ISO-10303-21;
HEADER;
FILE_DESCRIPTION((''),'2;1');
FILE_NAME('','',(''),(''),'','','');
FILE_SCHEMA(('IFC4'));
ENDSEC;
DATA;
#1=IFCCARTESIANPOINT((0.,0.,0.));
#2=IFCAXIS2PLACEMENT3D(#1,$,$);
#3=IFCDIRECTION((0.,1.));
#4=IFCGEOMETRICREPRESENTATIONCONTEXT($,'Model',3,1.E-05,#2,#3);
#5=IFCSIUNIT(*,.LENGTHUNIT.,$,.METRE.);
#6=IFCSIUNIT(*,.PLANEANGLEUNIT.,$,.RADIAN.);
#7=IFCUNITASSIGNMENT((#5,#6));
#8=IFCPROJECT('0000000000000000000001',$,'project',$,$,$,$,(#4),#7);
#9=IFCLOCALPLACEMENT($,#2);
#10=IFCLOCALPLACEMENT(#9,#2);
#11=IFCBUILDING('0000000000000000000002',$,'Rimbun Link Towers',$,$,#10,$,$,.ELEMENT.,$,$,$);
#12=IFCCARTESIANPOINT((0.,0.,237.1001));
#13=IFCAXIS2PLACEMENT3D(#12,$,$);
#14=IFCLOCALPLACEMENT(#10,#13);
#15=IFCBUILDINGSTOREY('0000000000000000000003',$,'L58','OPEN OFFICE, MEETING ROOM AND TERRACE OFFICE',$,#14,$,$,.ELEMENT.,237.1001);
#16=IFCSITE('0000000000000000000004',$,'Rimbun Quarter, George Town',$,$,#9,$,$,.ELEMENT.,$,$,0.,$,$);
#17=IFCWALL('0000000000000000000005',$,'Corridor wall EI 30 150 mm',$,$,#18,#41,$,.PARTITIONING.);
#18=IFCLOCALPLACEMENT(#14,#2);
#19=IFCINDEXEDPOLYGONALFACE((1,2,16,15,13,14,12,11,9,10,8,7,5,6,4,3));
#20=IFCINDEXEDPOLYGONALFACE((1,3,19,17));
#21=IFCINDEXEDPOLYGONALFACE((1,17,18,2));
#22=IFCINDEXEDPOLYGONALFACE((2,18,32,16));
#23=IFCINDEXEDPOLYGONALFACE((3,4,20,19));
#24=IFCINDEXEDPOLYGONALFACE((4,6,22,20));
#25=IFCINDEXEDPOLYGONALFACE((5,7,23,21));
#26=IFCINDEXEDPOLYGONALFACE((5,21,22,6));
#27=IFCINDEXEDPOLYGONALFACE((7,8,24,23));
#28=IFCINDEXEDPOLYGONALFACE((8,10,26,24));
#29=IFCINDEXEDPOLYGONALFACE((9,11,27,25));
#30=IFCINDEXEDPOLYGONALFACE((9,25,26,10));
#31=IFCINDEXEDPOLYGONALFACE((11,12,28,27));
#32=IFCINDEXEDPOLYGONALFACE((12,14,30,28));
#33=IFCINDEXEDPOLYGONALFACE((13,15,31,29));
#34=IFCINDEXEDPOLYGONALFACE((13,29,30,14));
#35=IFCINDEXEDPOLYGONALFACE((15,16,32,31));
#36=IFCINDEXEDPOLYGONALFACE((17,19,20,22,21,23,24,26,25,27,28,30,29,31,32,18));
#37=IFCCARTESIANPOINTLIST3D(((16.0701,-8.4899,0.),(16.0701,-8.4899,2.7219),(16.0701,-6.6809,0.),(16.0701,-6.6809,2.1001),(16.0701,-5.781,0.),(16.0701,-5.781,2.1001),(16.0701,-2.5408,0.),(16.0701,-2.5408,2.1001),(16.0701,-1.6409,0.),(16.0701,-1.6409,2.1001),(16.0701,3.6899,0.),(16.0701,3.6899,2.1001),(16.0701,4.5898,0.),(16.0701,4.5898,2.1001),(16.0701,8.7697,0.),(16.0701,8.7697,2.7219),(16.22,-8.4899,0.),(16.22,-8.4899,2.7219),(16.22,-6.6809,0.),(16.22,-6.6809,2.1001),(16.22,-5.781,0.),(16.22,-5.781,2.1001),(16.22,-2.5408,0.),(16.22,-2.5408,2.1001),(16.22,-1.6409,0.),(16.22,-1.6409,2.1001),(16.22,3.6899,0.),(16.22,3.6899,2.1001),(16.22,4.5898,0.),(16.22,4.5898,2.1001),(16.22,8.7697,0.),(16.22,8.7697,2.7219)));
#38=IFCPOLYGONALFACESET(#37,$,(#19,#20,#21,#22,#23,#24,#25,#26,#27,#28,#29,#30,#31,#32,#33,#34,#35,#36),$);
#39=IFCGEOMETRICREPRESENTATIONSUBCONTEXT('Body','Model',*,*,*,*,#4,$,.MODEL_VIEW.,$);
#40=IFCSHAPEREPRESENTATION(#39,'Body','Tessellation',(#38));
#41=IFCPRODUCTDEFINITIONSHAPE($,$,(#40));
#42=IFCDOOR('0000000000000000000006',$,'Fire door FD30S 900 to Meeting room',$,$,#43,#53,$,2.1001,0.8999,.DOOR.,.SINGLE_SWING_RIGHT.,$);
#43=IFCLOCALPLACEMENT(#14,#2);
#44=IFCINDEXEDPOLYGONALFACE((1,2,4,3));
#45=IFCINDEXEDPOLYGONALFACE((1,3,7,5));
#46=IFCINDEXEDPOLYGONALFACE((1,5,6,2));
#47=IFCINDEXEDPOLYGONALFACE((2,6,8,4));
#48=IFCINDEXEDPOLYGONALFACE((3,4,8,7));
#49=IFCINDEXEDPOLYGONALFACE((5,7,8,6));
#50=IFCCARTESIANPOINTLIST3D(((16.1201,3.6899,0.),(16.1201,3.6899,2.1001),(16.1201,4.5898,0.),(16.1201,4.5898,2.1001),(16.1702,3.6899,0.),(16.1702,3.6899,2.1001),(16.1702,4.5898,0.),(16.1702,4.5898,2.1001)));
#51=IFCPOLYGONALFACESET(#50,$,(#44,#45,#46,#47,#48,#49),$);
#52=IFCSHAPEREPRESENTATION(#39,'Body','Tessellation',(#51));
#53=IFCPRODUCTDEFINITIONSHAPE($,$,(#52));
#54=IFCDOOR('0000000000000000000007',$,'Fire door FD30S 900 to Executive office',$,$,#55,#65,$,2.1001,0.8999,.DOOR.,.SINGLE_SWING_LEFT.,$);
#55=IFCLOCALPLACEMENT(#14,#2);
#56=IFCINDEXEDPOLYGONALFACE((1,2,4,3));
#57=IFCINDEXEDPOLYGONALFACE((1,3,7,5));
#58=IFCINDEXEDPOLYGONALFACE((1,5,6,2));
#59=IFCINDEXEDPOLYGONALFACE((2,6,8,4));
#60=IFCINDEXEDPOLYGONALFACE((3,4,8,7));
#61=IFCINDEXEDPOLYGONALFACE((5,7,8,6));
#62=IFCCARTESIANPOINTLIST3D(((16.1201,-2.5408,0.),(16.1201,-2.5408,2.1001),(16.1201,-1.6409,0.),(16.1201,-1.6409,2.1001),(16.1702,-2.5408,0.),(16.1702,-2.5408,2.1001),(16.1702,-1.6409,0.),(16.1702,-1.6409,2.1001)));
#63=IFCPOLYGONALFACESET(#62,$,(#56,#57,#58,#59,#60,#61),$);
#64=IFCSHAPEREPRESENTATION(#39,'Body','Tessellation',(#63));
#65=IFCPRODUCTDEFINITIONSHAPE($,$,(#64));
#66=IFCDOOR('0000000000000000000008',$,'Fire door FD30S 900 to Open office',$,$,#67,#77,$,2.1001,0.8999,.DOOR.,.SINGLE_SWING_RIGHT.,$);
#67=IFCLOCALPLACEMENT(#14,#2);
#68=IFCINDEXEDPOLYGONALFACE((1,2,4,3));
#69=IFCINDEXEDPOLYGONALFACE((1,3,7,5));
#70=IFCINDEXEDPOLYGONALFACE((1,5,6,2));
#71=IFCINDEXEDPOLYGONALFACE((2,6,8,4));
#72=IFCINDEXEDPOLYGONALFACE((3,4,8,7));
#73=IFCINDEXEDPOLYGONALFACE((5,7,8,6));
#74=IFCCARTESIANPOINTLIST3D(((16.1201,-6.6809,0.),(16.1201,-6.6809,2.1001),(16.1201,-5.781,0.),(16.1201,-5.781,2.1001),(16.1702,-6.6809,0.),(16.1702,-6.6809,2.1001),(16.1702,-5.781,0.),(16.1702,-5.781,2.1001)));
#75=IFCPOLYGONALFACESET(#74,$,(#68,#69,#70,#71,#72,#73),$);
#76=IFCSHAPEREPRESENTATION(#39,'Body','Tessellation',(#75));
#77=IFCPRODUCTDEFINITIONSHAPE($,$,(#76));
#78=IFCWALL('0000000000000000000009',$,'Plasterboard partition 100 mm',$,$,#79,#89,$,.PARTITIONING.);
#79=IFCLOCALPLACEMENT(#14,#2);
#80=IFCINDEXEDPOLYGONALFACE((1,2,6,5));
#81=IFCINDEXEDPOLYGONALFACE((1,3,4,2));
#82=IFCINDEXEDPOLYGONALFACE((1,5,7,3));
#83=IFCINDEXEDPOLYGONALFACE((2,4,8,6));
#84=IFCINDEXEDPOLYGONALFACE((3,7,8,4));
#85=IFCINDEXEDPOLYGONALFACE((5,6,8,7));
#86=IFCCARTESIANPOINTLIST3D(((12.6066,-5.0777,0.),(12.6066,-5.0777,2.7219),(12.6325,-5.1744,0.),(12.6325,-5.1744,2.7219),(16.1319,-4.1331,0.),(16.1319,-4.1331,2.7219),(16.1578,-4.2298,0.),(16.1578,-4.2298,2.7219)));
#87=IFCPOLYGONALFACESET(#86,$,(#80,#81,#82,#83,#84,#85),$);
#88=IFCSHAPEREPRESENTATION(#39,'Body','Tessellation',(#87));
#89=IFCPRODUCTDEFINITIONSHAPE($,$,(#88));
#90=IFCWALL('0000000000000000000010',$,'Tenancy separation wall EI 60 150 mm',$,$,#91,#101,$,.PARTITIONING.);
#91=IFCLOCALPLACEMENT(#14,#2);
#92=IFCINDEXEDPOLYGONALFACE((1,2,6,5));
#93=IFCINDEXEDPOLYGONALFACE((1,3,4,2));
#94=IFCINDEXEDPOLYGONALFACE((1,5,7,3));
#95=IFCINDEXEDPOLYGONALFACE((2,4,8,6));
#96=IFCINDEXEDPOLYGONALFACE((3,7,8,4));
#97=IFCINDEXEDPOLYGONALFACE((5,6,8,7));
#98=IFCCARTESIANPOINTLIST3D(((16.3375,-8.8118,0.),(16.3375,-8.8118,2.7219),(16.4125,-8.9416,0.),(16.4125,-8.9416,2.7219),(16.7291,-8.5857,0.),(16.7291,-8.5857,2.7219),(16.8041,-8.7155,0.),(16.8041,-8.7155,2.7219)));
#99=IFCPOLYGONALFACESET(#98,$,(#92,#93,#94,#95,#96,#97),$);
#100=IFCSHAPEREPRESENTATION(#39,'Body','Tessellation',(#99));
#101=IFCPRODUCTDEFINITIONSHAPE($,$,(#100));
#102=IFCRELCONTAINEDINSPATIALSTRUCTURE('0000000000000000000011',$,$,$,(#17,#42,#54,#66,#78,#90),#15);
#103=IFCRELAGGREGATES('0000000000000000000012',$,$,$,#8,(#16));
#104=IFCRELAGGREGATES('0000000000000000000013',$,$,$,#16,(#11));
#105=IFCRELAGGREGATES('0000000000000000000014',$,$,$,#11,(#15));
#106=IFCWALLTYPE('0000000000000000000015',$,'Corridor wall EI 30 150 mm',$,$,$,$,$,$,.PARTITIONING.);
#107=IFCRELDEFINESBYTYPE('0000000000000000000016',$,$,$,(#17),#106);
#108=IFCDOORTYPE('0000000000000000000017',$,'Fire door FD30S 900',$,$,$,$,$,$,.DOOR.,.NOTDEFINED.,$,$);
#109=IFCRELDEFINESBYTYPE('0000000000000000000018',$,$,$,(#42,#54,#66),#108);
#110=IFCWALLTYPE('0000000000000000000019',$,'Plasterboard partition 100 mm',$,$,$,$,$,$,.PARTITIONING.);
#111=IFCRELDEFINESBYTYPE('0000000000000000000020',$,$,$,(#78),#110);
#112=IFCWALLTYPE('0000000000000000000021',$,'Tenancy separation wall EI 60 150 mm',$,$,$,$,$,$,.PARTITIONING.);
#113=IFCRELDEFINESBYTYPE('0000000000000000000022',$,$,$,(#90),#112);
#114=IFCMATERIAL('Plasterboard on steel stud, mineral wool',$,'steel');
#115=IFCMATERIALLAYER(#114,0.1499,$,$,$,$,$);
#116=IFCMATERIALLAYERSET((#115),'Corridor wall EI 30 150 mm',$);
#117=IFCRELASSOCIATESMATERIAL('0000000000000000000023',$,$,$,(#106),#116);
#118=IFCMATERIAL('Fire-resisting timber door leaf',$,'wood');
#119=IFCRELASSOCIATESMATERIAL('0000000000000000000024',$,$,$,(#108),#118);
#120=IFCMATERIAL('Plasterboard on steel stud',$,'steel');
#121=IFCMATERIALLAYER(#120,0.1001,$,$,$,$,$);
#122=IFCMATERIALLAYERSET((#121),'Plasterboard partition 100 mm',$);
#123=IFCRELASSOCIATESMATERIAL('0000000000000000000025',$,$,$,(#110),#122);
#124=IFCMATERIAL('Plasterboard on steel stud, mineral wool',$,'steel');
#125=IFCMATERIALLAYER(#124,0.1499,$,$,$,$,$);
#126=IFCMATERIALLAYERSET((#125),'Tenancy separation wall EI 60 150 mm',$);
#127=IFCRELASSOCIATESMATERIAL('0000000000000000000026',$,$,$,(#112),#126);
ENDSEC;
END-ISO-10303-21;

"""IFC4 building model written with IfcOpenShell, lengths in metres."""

from ifc_helpers import new_model, si_unit, direction, frame, frame_2d, origin, place, context, subcontext, project, spatial, rectangle, extrude, material, layer, layer_set, type_object, element, fill, save


model = new_model("IFC4")

# Units and contexts
model_context = context("Model", 3, precision=1e-05, world=origin(), true_north=direction((0.0, 1.0)))
body_context = subcontext(model_context, "Body", "Model", "MODEL_VIEW")
ifc_project = project(units=[si_unit("LENGTHUNIT", "METRE"), si_unit("PLANEANGLEUNIT", "RADIAN")], contexts=[model_context])

# Site, building, storey
site_placement = place(None, origin())
site = spatial("IfcSite", under=ifc_project, at=site_placement, Name="Rimbun Quarter, George Town", CompositionType="ELEMENT", RefElevation=0.0)
building_placement = place(site_placement, origin())
building = spatial("IfcBuilding", under=site, at=building_placement, Name="Rimbun Link Towers", CompositionType="ELEMENT")
storey_placement = place(building_placement, frame((0.0, 0.0, 237.1001)))
storey = spatial("IfcBuildingStorey", under=building, at=storey_placement, Name="L58", Description="OPEN OFFICE, MEETING ROOM AND TERRACE OFFICE", CompositionType="ELEMENT", Elevation=237.1001)

# Shared definitions
ifc_material_1 = material(Name="Plasterboard on steel stud, mineral wool", Category="steel")
ifc_layer_1 = layer(ifc_material_1, 0.1499)
ifc_layer_set_1 = layer_set([ifc_layer_1], Name="Corridor wall EI 30 150 mm")
wall_type_1 = type_object("IfcWallType", Name="Corridor wall EI 30 150 mm", PredefinedType="PARTITIONING", material=ifc_layer_set_1)

# Wall, openings, doors
wall_1_placement = place(storey_placement, frame((16.145, -8.49, 0.0), z_axis=(0.0, 0.0, 1.0), x_axis=(0.0, 1.0, 0.0)))
wall_1 = element("IfcWall", 1, at=wall_1_placement, inside=storey, type_object=wall_type_1, Name="Corridor wall EI 30 150 mm", PredefinedType="PARTITIONING", context=body_context, shape_type="SweptSolid", body=[
    extrude(rectangle(XDim=17.2595, YDim=0.1499, at=frame_2d((8.6299, 0.0))), origin(), (0.0, 0.0, 1.0), 2.7219),
])
opening_1_placement = place(wall_1_placement, frame((12.1799, 0.0, 0.0)))
opening_1 = element("IfcOpeningElement", 2, at=opening_1_placement, cuts=wall_1, PredefinedType="OPENING", context=body_context, shape_type="SweptSolid", body=[
    extrude(rectangle(XDim=0.8999, YDim=2.1001, at=frame_2d((0.45, 1.05))), frame((0.0, 0.085, 0.0), z_axis=(0.0, -1.0, 0.0), x_axis=(1.0, 0.0, 0.0)), (0.0, 0.0, 1.0), 0.1699),
])
opening_2_placement = place(wall_1_placement, frame((5.9492, 0.0, 0.0)))
opening_2 = element("IfcOpeningElement", 3, at=opening_2_placement, cuts=wall_1, PredefinedType="OPENING", context=body_context, shape_type="SweptSolid", body=[
    extrude(rectangle(XDim=0.8999, YDim=2.1001, at=frame_2d((0.45, 1.05))), frame((0.0, 0.085, 0.0), z_axis=(0.0, -1.0, 0.0), x_axis=(1.0, 0.0, 0.0)), (0.0, 0.0, 1.0), 0.1699),
])
opening_3_placement = place(wall_1_placement, frame((1.8091, 0.0, 0.0)))
opening_3 = element("IfcOpeningElement", 4, at=opening_3_placement, cuts=wall_1, PredefinedType="OPENING", context=body_context, shape_type="SweptSolid", body=[
    extrude(rectangle(XDim=0.8999, YDim=2.1001, at=frame_2d((0.45, 1.05))), frame((0.0, 0.085, 0.0), z_axis=(0.0, -1.0, 0.0), x_axis=(1.0, 0.0, 0.0)), (0.0, 0.0, 1.0), 0.1699),
])
ifc_material_2 = material(Name="Fire-resisting timber door leaf", Category="wood")
door_type_1 = type_object("IfcDoorType", Name="Fire door FD30S 900", OperationType="NOTDEFINED", PredefinedType="DOOR", material=ifc_material_2)
door_1_placement = place(opening_1_placement, origin())
door_1 = element("IfcDoor", 5, at=door_1_placement, inside=storey, type_object=door_type_1, Name="Fire door FD30S 900 to Meeting room", OperationType="SINGLE_SWING_RIGHT", OverallHeight=2.1001, OverallWidth=0.8999, PredefinedType="DOOR", context=body_context, shape_type="SweptSolid", body=[
    extrude(rectangle(XDim=0.8999, YDim=2.1001, at=frame_2d((0.45, 1.05))), frame((0.0, 0.0249, 0.0), z_axis=(0.0, -1.0, 0.0), x_axis=(1.0, 0.0, 0.0)), (0.0, 0.0, 1.0), 0.05),
])
fill(opening_1, door_1)
door_2_placement = place(opening_2_placement, origin())
door_2 = element("IfcDoor", 6, at=door_2_placement, inside=storey, type_object=door_type_1, Name="Fire door FD30S 900 to Executive office", OperationType="SINGLE_SWING_LEFT", OverallHeight=2.1001, OverallWidth=0.8999, PredefinedType="DOOR", context=body_context, shape_type="SweptSolid", body=[
    extrude(rectangle(XDim=0.8999, YDim=2.1001, at=frame_2d((0.45, 1.05))), frame((0.0, 0.0249, 0.0), z_axis=(0.0, -1.0, 0.0), x_axis=(1.0, 0.0, 0.0)), (0.0, 0.0, 1.0), 0.05),
])
fill(opening_2, door_2)
door_3_placement = place(opening_3_placement, origin())
door_3 = element("IfcDoor", 7, at=door_3_placement, inside=storey, type_object=door_type_1, Name="Fire door FD30S 900 to Open office", OperationType="SINGLE_SWING_RIGHT", OverallHeight=2.1001, OverallWidth=0.8999, PredefinedType="DOOR", context=body_context, shape_type="SweptSolid", body=[
    extrude(rectangle(XDim=0.8999, YDim=2.1001, at=frame_2d((0.45, 1.05))), frame((0.0, 0.0249, 0.0), z_axis=(0.0, -1.0, 0.0), x_axis=(1.0, 0.0, 0.0)), (0.0, 0.0, 1.0), 0.05),
])
fill(opening_3, door_3)

# Walls
ifc_material_3 = material(Name="Plasterboard on steel stud", Category="steel")
ifc_layer_2 = layer(ifc_material_3, 0.1001)
ifc_layer_set_2 = layer_set([ifc_layer_2], Name="Plasterboard partition 100 mm")
wall_type_2 = type_object("IfcWallType", Name="Plasterboard partition 100 mm", PredefinedType="PARTITIONING", material=ifc_layer_set_2)
wall_2_placement = place(storey_placement, frame((12.6196, -5.126, 0.0), z_axis=(0.0, 0.0, 1.0), x_axis=(0.965929, 0.258807, 0.0)))
element("IfcWall", 8, at=wall_2_placement, inside=storey, type_object=wall_type_2, Name="Plasterboard partition 100 mm", PredefinedType="PARTITIONING", context=body_context, shape_type="SweptSolid", body=[
    extrude(rectangle(XDim=3.6497, YDim=0.1001, at=frame_2d((1.8247, 0.0))), origin(), (0.0, 0.0, 1.0), 2.7219),
])
ifc_material_4 = material(Name="Plasterboard on steel stud, mineral wool", Category="steel")
ifc_layer_3 = layer(ifc_material_4, 0.1499)
ifc_layer_set_3 = layer_set([ifc_layer_3], Name="Tenancy separation wall EI 60 150 mm")
wall_type_3 = type_object("IfcWallType", Name="Tenancy separation wall EI 60 150 mm", PredefinedType="PARTITIONING", material=ifc_layer_set_3)
wall_3_placement = place(storey_placement, frame((16.7666, -8.6506, 0.0), z_axis=(0.0, 0.0, 1.0), x_axis=(-0.866042, -0.499972, 0.0)))
element("IfcWall", 9, at=wall_3_placement, inside=storey, type_object=wall_type_3, Name="Tenancy separation wall EI 60 150 mm", PredefinedType="PARTITIONING", context=body_context, shape_type="SweptSolid", body=[
    extrude(rectangle(XDim=0.4521, YDim=0.1499, at=frame_2d((0.2261, 0.0))), origin(), (0.0, 0.0, 1.0), 2.7219),
])

save(model, "model.ifc")
